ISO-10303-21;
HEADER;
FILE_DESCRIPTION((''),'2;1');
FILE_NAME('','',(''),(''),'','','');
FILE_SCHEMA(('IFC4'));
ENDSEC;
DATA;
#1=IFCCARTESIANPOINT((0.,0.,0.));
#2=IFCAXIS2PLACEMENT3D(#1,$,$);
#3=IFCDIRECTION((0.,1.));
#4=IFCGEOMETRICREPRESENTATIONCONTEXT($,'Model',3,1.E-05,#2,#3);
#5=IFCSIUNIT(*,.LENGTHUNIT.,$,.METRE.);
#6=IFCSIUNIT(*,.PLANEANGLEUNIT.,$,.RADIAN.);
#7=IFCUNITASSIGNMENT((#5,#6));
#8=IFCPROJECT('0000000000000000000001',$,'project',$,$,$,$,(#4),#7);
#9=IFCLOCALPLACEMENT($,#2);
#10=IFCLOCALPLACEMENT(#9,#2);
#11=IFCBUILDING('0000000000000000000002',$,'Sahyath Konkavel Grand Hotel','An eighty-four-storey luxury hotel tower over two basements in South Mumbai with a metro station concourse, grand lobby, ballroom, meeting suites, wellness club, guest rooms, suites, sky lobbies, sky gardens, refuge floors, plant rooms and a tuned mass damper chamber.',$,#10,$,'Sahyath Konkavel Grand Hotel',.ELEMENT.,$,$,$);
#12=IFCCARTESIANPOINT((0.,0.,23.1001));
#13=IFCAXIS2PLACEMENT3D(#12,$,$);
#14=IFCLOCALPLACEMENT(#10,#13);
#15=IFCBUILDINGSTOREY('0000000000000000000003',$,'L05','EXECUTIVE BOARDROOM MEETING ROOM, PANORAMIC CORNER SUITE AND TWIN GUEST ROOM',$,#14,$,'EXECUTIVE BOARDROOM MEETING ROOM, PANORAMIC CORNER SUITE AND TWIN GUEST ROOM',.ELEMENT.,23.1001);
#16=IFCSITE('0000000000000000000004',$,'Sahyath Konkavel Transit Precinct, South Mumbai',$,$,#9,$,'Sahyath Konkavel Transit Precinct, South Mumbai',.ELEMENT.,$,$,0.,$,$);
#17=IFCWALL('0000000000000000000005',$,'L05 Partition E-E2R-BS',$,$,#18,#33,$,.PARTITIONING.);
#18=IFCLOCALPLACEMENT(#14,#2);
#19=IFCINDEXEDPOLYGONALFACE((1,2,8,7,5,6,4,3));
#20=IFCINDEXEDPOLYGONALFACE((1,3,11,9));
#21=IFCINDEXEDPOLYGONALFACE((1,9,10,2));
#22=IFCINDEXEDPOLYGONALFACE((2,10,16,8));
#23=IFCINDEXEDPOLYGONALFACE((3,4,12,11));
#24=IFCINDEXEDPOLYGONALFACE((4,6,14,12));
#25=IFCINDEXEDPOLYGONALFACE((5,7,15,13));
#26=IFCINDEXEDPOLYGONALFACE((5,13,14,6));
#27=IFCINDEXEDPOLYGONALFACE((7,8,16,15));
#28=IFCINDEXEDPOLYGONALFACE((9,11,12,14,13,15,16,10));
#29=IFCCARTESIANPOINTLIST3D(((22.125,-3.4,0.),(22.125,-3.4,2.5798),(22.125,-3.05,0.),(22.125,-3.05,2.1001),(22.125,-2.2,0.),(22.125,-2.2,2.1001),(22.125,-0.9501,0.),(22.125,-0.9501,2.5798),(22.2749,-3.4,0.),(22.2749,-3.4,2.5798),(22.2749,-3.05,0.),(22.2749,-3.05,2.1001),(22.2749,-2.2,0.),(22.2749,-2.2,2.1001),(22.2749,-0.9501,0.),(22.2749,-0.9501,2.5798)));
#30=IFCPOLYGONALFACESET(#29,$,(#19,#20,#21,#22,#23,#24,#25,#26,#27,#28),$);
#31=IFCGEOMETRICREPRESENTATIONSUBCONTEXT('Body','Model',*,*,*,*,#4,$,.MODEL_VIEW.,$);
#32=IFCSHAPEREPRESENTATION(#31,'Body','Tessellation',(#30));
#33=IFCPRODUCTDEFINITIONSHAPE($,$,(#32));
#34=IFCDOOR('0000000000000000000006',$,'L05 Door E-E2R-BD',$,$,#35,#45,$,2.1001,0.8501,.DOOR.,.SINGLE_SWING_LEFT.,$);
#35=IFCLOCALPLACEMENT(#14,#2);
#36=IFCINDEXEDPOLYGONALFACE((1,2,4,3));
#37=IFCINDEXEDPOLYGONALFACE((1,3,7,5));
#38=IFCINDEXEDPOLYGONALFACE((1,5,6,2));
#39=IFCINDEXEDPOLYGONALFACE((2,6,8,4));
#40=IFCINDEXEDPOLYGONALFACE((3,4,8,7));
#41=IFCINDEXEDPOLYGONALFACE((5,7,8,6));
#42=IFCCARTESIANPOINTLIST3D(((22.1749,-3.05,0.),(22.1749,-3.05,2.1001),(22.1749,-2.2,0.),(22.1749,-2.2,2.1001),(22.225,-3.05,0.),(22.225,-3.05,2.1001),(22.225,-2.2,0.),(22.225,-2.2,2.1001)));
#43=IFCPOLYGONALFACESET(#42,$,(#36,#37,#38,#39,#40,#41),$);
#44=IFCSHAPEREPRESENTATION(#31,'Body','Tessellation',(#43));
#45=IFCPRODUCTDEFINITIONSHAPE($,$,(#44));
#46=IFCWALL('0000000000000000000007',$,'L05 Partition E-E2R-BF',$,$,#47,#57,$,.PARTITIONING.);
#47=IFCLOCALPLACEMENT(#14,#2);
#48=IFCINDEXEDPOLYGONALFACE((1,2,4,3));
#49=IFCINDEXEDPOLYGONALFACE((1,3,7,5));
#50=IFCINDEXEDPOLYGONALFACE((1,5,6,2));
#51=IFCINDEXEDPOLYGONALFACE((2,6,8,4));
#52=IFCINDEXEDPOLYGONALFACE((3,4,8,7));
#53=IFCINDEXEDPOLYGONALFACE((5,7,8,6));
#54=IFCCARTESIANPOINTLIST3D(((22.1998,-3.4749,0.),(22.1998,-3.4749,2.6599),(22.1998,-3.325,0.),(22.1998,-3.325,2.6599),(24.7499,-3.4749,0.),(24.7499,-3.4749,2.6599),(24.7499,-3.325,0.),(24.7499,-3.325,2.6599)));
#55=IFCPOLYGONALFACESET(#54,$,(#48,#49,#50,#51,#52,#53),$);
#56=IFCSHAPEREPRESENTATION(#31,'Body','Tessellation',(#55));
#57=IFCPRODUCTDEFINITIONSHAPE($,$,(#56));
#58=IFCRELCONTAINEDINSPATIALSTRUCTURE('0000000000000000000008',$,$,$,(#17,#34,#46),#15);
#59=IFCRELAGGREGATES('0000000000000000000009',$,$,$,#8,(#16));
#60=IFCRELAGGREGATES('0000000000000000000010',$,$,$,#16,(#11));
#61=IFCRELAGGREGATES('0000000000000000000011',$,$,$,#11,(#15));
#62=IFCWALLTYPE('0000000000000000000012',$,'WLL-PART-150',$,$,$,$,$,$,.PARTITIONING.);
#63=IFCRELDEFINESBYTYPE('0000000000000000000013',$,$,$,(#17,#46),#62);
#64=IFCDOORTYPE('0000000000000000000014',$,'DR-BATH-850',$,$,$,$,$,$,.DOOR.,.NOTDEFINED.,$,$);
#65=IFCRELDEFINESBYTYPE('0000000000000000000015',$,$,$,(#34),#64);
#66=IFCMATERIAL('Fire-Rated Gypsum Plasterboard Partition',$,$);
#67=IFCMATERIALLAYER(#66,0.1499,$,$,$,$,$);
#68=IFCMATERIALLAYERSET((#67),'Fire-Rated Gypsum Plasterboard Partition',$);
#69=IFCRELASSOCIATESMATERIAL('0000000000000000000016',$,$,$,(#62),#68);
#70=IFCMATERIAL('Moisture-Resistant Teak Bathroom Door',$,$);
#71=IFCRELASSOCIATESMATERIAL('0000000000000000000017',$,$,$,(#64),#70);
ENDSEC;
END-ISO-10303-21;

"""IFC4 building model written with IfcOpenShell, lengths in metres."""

from ifc_helpers import new_model, si_unit, direction, frame, frame_2d, origin, origin_2d, place, context, subcontext, project, spatial, rectangle, extrude, source, transform, mapped, material, layer, layer_set, type_object, element, fill, save


model = new_model("IFC4")

# Units and contexts
model_context = context("Model", 3, precision=1e-05, world=origin(), true_north=direction((0.0, 1.0)))
body_context = subcontext(model_context, "Body", "Model", "MODEL_VIEW")
ifc_project = project(units=[si_unit("LENGTHUNIT", "METRE"), si_unit("PLANEANGLEUNIT", "RADIAN")], contexts=[model_context])

# Site, building, storey
site_placement = place(None, origin())
site = spatial("IfcSite", under=ifc_project, at=site_placement, Name="Sahyath Konkavel Transit Precinct, South Mumbai", LongName="Sahyath Konkavel Transit Precinct, South Mumbai", CompositionType="ELEMENT", RefElevation=0.0)
building_placement = place(site_placement, origin())
building = spatial("IfcBuilding", under=site, at=building_placement, Name="Sahyath Konkavel Grand Hotel", Description="An eighty-four-storey luxury hotel tower over two basements in South Mumbai with a metro station concourse, grand lobby, ballroom, meeting suites, wellness club, guest rooms, suites, sky lobbies, sky gardens, refuge floors, plant rooms and a tuned mass damper chamber.", LongName="Sahyath Konkavel Grand Hotel", CompositionType="ELEMENT")
storey_placement = place(building_placement, frame((0.0, 0.0, 23.1001)))
storey = spatial("IfcBuildingStorey", under=building, at=storey_placement, Name="L05", Description="EXECUTIVE BOARDROOM MEETING ROOM, PANORAMIC CORNER SUITE AND TWIN GUEST ROOM", LongName="EXECUTIVE BOARDROOM MEETING ROOM, PANORAMIC CORNER SUITE AND TWIN GUEST ROOM", CompositionType="ELEMENT", Elevation=23.1001)

# Shared definitions
ifc_material_1 = material(Name="Fire-Rated Gypsum Plasterboard Partition")
ifc_layer_1 = layer(ifc_material_1, 0.1499)
ifc_layer_set_1 = layer_set([ifc_layer_1], Name="Fire-Rated Gypsum Plasterboard Partition")
wall_type_1 = type_object("IfcWallType", Name="WLL-PART-150", PredefinedType="PARTITIONING", material=ifc_layer_set_1)
shared_shape_1 = source(origin(), body_context, "Body", "SweptSolid", [
    extrude(rectangle(XDim=0.8501, YDim=0.05, at=origin_2d()), origin(), (0.0, 0.0, 1.0), 2.1001),
])

# Wall, opening, door
wall_1_placement = place(storey_placement, frame((22.2, -0.95, 0.0), z_axis=(0.0, 0.0, 1.0), x_axis=(0.0, -1.0, 0.0)))
wall_1 = element("IfcWall", 1, at=wall_1_placement, inside=storey, type_object=wall_type_1, Name="L05 Partition E-E2R-BS", PredefinedType="PARTITIONING", context=body_context, shape_type="SweptSolid", body=[
    extrude(rectangle(XDim=2.45, YDim=0.1499, at=frame_2d((1.2251, 0.0))), origin(), (0.0, 0.0, 1.0), 2.5798),
])
opening_1_placement = place(wall_1_placement, frame((1.25, 0.0, 0.0)))
opening_1 = element("IfcOpeningElement", 2, at=opening_1_placement, cuts=wall_1, PredefinedType="OPENING", context=body_context, shape_type="SweptSolid", body=[
    extrude(rectangle(XDim=0.8501, YDim=2.1001, at=frame_2d((0.425, 1.05))), frame((0.0, 0.085, 0.0), z_axis=(0.0, -1.0, 0.0), x_axis=(1.0, 0.0, 0.0)), (0.0, 0.0, 1.0), 0.1699),
])
ifc_material_2 = material(Name="Moisture-Resistant Teak Bathroom Door")
door_type_1 = type_object("IfcDoorType", Name="DR-BATH-850", OperationType="NOTDEFINED", PredefinedType="DOOR", material=ifc_material_2)
door_1_placement = place(opening_1_placement, frame((0.425, 0.0, 0.0)))
door_1 = element("IfcDoor", 3, at=door_1_placement, inside=storey, type_object=door_type_1, Name="L05 Door E-E2R-BD", OperationType="SINGLE_SWING_LEFT", OverallHeight=2.1001, OverallWidth=0.8501, PredefinedType="DOOR", context=body_context, shape_type="MappedRepresentation", body=[
    mapped(shared_shape_1, transform((0.0, 0.0, 0.0), scale=1.0)),
])
fill(opening_1, door_1)

# Wall
wall_2_placement = place(storey_placement, frame((22.2, -3.3999, 0.0), z_axis=(0.0, 0.0, 1.0), x_axis=(1.0, 0.0, 0.0)))
element("IfcWall", 4, at=wall_2_placement, inside=storey, type_object=wall_type_1, Name="L05 Partition E-E2R-BF", PredefinedType="PARTITIONING", context=body_context, shape_type="SweptSolid", body=[
    extrude(rectangle(XDim=2.55, YDim=0.1499, at=frame_2d((1.2749, 0.0))), origin(), (0.0, 0.0, 1.0), 2.6599),
])

save(model, "model.ifc")
